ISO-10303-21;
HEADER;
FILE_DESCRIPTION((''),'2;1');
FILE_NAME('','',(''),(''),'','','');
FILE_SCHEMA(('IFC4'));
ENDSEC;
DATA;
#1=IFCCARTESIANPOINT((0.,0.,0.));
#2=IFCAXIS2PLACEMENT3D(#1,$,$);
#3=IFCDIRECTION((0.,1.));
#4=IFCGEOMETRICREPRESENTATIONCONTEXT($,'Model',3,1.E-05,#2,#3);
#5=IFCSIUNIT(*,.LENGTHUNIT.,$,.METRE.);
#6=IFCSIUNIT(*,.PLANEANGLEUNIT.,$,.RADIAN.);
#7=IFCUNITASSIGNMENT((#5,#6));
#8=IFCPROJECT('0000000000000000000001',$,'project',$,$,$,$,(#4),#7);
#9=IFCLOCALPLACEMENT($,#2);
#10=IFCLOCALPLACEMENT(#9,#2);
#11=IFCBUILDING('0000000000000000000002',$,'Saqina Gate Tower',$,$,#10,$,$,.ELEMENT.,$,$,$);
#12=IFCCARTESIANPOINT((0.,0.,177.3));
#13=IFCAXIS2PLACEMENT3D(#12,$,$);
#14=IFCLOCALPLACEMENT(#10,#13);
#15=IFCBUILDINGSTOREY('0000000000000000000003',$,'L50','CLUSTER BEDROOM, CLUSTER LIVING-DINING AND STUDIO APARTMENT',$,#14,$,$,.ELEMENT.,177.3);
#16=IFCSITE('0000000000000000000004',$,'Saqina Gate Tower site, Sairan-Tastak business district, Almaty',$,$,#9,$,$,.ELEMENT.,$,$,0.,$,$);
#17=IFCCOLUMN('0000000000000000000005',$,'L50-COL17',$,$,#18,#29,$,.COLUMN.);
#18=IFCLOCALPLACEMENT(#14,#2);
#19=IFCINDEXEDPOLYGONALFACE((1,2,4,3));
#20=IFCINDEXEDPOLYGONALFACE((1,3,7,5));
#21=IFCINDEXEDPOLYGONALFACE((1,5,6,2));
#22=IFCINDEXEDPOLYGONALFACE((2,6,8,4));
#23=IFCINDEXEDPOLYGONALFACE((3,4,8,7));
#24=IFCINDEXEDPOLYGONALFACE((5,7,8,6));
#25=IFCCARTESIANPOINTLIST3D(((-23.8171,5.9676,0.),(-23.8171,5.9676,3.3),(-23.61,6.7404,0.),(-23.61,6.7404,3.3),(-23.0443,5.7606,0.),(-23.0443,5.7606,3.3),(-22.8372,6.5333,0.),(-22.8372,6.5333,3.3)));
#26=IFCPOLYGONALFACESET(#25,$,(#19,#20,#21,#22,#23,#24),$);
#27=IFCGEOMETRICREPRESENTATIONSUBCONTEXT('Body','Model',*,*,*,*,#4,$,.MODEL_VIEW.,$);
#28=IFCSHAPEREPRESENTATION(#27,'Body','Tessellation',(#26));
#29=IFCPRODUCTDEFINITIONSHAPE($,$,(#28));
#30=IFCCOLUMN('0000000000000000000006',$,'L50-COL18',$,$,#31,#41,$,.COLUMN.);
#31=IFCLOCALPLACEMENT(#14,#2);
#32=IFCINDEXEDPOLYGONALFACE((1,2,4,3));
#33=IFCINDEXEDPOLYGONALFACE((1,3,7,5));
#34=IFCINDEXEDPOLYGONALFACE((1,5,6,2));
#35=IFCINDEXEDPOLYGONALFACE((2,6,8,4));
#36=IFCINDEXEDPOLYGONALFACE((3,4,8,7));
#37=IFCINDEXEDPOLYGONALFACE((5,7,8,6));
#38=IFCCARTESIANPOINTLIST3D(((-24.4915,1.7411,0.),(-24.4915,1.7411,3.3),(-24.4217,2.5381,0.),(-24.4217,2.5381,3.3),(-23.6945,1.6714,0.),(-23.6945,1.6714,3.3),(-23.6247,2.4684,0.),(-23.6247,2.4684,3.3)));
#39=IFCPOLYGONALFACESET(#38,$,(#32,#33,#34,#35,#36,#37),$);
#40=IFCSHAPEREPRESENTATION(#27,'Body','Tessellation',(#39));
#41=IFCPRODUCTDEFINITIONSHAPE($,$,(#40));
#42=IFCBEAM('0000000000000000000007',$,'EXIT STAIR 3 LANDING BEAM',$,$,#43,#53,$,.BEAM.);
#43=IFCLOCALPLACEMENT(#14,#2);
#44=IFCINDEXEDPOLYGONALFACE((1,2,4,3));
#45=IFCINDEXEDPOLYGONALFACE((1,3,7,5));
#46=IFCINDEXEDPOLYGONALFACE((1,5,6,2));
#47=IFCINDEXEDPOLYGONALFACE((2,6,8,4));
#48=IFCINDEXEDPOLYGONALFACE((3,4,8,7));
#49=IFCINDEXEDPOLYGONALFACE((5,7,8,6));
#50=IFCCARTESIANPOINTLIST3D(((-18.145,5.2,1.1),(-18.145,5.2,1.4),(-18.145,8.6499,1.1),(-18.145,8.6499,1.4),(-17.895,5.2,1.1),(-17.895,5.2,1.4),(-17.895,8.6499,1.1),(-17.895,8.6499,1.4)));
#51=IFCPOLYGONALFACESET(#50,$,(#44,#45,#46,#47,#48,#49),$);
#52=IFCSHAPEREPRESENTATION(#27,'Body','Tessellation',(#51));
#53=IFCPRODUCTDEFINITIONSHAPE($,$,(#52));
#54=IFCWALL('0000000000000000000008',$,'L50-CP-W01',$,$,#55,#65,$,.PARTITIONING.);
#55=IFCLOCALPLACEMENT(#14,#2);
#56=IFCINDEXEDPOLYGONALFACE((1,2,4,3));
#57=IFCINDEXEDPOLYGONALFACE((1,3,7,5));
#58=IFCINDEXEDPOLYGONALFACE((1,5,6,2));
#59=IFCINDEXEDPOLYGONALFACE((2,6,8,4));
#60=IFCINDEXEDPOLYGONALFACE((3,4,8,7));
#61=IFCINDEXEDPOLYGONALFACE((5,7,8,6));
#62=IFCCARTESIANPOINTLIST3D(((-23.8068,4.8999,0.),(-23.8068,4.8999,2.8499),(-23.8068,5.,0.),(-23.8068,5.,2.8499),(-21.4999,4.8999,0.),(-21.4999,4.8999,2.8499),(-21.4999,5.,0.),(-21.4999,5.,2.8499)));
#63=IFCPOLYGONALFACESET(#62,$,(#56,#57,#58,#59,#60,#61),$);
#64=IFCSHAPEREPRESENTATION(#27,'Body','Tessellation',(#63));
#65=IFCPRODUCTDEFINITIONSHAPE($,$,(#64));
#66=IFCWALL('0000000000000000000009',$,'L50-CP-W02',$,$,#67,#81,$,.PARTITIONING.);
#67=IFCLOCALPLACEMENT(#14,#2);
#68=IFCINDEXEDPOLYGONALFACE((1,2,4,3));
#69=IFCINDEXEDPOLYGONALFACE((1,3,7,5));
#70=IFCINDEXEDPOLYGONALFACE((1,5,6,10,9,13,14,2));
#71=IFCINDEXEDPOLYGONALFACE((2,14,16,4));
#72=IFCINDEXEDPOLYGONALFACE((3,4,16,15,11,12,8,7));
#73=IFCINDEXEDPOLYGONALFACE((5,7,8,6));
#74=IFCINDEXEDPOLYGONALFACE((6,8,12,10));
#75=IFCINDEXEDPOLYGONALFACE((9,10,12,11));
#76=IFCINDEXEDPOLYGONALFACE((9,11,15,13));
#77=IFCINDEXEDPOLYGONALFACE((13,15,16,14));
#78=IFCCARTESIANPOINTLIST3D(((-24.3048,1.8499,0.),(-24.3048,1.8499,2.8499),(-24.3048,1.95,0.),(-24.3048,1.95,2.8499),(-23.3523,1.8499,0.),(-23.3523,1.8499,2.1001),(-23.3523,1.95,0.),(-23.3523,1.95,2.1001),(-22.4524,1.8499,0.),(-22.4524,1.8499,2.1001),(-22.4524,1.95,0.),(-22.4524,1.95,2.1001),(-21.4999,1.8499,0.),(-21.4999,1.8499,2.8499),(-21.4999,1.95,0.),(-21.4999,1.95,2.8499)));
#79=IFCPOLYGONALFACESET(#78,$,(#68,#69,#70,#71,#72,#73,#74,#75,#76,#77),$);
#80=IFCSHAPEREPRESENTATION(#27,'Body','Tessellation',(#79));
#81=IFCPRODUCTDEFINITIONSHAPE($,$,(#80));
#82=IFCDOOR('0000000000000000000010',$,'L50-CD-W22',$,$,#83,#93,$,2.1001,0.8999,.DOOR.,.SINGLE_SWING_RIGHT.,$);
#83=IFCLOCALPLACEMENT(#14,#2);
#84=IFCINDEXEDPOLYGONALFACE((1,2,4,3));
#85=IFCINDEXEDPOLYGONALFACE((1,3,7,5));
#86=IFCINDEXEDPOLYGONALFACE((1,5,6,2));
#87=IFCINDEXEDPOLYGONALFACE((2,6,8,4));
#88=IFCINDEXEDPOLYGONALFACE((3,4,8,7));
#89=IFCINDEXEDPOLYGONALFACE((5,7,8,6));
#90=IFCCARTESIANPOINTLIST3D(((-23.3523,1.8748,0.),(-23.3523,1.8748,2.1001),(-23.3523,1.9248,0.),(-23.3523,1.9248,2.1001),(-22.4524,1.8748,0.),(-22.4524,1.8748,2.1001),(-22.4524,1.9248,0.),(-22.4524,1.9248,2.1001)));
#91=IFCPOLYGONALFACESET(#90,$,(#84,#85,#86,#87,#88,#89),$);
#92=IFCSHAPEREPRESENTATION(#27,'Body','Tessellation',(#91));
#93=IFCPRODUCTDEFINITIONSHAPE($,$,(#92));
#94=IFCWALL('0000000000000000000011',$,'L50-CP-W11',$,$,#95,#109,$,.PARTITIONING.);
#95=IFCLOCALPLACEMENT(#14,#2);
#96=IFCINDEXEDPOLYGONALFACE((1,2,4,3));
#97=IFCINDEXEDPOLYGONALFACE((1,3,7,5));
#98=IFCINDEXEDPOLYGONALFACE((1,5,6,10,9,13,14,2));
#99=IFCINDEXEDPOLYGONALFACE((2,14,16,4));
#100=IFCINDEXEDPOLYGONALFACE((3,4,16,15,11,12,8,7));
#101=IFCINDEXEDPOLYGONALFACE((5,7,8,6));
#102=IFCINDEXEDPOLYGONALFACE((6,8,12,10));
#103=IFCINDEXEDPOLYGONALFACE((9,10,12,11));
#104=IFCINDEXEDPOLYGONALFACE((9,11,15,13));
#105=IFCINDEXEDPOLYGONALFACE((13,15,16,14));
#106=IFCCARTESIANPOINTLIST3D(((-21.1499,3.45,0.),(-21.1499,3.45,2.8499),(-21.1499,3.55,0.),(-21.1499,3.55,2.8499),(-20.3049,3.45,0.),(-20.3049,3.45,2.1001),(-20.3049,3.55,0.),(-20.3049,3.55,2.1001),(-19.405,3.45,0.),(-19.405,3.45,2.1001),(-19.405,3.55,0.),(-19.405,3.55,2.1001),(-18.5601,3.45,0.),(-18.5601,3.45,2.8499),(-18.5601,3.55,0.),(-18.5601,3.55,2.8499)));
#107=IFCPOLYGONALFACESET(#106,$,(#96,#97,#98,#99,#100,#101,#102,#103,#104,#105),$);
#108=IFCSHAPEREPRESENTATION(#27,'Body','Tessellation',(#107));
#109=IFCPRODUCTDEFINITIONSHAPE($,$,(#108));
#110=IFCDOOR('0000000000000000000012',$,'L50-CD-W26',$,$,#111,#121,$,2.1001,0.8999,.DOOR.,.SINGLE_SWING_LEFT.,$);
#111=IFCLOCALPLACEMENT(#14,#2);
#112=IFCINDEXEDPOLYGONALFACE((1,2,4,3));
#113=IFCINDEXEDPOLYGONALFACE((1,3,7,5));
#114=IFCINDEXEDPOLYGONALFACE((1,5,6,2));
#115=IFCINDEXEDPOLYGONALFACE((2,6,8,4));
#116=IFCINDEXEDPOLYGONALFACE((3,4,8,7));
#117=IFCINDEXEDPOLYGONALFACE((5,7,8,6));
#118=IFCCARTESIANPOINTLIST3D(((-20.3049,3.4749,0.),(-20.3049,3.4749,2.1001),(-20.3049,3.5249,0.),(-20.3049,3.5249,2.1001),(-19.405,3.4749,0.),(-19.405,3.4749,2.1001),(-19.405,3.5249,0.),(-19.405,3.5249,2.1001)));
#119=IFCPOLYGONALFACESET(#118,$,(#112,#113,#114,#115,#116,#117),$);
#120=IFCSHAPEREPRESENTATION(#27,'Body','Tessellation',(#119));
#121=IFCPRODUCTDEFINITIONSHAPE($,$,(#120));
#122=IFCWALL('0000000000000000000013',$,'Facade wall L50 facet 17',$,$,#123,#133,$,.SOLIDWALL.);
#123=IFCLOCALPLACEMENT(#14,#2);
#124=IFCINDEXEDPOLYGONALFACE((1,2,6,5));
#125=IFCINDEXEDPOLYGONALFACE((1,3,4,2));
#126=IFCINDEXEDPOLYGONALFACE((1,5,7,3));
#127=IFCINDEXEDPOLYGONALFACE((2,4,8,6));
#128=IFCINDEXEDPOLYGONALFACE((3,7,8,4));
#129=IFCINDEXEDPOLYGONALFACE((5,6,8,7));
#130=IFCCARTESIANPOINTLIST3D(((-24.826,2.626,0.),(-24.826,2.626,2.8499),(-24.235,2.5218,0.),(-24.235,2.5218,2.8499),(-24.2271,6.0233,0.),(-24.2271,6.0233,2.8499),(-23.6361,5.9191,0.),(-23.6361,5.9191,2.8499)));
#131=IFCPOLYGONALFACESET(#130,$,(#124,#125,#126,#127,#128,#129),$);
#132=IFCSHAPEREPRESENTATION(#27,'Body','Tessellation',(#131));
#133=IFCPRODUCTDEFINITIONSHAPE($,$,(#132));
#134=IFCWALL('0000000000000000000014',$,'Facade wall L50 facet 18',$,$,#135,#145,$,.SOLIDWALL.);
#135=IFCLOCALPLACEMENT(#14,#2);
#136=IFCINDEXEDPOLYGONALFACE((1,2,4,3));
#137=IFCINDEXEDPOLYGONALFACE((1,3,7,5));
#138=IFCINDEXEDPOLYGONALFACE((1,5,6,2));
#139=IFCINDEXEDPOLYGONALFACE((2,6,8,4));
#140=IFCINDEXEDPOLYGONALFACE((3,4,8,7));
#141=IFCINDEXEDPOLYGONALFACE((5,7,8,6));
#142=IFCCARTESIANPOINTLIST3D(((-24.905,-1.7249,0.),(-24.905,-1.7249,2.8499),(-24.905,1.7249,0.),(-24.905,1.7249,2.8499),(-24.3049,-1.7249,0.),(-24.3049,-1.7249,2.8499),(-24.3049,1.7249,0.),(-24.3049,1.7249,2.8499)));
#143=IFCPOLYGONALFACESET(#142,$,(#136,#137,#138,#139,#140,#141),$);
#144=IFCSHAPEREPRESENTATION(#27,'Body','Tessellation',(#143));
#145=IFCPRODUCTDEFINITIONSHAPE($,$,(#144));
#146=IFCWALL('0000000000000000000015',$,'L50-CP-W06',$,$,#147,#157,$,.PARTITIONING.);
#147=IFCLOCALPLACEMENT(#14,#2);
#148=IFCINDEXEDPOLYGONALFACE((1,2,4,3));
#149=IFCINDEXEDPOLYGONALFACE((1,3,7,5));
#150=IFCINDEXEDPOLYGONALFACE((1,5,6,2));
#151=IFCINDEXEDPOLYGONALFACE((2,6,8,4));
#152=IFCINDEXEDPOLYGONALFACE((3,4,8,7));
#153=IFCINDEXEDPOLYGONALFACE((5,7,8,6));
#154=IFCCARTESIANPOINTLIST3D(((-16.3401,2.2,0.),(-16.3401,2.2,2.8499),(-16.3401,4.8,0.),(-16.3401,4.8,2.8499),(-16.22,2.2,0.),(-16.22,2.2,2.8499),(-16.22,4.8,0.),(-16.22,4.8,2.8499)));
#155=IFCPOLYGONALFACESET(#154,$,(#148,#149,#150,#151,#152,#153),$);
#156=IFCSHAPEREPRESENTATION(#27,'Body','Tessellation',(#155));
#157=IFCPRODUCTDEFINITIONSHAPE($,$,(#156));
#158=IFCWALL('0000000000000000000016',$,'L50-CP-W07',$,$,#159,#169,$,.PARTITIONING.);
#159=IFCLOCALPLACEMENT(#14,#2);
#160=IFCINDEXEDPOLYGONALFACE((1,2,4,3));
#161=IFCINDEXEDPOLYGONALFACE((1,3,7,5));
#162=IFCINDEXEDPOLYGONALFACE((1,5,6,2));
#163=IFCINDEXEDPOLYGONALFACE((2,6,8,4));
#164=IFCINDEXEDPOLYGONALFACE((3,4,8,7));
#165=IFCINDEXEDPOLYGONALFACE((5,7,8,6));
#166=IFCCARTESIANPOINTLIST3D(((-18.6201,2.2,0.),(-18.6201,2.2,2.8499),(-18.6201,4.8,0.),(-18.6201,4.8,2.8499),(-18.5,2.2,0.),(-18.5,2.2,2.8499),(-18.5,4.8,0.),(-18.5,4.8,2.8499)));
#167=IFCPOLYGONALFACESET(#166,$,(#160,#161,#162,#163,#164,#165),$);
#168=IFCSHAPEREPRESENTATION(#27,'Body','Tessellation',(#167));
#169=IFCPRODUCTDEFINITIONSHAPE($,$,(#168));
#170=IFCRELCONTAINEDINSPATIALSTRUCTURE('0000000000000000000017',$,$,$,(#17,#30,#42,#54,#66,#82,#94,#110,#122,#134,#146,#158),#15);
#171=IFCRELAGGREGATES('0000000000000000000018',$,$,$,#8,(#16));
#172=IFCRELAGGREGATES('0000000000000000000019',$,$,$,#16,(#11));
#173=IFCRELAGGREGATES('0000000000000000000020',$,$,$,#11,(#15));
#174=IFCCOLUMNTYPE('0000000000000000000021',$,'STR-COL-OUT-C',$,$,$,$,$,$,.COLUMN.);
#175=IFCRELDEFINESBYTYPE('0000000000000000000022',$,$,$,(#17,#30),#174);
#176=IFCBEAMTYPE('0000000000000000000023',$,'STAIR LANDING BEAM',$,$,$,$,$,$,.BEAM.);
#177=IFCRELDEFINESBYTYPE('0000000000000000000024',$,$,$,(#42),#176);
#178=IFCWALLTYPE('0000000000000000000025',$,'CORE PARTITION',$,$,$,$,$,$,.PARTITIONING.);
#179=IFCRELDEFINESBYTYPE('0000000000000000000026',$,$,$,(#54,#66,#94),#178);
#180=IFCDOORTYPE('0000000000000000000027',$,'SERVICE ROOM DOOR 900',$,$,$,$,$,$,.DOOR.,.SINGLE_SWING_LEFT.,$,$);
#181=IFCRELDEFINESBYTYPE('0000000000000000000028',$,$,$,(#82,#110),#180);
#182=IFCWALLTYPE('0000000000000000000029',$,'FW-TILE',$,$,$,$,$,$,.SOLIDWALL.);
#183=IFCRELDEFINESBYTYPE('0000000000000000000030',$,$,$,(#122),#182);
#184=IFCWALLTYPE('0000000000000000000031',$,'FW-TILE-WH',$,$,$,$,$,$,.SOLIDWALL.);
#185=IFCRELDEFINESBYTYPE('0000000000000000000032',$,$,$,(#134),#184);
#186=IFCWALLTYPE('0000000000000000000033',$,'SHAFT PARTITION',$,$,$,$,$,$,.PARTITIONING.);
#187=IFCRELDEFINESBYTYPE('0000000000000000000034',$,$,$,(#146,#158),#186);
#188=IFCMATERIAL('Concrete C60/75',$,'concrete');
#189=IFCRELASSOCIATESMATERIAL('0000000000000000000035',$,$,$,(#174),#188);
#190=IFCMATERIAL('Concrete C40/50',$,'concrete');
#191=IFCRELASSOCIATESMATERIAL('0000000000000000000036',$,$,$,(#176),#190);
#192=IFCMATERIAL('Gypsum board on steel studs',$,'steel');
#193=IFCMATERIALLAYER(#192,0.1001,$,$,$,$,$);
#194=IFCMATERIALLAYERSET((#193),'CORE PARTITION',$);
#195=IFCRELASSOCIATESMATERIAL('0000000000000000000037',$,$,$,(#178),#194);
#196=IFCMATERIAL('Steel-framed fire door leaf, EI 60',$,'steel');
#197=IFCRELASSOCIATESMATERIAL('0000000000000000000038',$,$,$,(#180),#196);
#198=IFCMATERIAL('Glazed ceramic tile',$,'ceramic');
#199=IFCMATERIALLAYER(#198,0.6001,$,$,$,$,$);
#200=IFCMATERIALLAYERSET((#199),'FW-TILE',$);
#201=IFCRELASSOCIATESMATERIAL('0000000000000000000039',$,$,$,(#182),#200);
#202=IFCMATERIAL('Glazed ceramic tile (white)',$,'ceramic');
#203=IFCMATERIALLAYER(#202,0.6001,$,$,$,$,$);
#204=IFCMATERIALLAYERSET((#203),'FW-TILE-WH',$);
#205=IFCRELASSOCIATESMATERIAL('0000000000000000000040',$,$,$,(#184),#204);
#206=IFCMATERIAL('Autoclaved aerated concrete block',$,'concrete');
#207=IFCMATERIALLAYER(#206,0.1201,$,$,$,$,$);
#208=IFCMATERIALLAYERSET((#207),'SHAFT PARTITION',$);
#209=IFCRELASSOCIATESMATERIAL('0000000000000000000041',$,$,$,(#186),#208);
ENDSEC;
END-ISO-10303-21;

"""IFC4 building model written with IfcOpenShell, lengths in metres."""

from ifc_helpers import new_model, si_unit, direction, frame, frame_2d, origin, origin_2d, place, context, subcontext, project, spatial, rectangle, extrude, material, layer, layer_set, material_profile, profile_set, type_object, element, fill, save


model = new_model("IFC4")

# Units and contexts
model_context = context("Model", 3, precision=1e-05, world=origin(), true_north=direction((0.0, 1.0)))
body_context = subcontext(model_context, "Body", "Model", "MODEL_VIEW")
ifc_project = project(units=[si_unit("LENGTHUNIT", "METRE"), si_unit("PLANEANGLEUNIT", "RADIAN")], contexts=[model_context])

# Site, building, storey
site_placement = place(None, origin())
site = spatial("IfcSite", under=ifc_project, at=site_placement, Name="Saqina Gate Tower site, Sairan-Tastak business district, Almaty", CompositionType="ELEMENT", RefElevation=0.0)
building_placement = place(site_placement, origin())
building = spatial("IfcBuilding", under=site, at=building_placement, Name="Saqina Gate Tower", CompositionType="ELEMENT")
storey_placement = place(building_placement, frame((0.0, 0.0, 177.3)))
storey = spatial("IfcBuildingStorey", under=building, at=storey_placement, Name="L50", Description="CLUSTER BEDROOM, CLUSTER LIVING-DINING AND STUDIO APARTMENT", CompositionType="ELEMENT", Elevation=177.3)

# Columns
ifc_material_1 = material(Name="Concrete C60/75", Category="concrete")
ifc_material_profile_1 = material_profile(ifc_material_1, rectangle(XDim=0.8, YDim=0.8, at=origin_2d()), Name="RC 800x800")
ifc_profile_set_1 = profile_set([ifc_material_profile_1], Name="Concrete C60/75")
column_type = type_object("IfcColumnType", Name="STR-COL-OUT-C", PredefinedType="COLUMN", material=ifc_profile_set_1)
for number, where, z_axis, x_axis, name in (
    (1, (-23.3271, 6.2505, 0.0), (0.0, 0.0, 1.0), (-0.965926, 0.258819, 0.0), "L50-COL17"),
    (2, (-24.0581, 2.1047, 0.0), (0.0, 0.0, 1.0), (-0.996195, 0.087156, 0.0), "L50-COL18"),
):
    element("IfcColumn", number, at=place(storey_placement, frame(where, z_axis=z_axis, x_axis=x_axis)), inside=storey, type_object=column_type, Name=name, PredefinedType="COLUMN", context=body_context, shape_type="SweptSolid", body=[
        extrude(rectangle(XDim=0.8, YDim=0.8, at=origin_2d()), origin(), (0.0, 0.0, 1.0), 3.3),
    ])

# Beam
ifc_material_2 = material(Name="Concrete C40/50", Category="concrete")
ifc_material_profile_2 = material_profile(ifc_material_2, rectangle(XDim=0.25, YDim=0.3, at=origin_2d()), Name="STAIR LANDING BEAM")
ifc_profile_set_2 = profile_set([ifc_material_profile_2], Name="Concrete C40/50")
beam_type = type_object("IfcBeamType", Name="STAIR LANDING BEAM", PredefinedType="BEAM", material=ifc_profile_set_2)
beam_placement = place(storey_placement, frame((-18.02, 5.2, 1.25), z_axis=(0.0, 1.0, 0.0), x_axis=(-1.0, 0.0, 0.0)))
element("IfcBeam", 3, at=beam_placement, inside=storey, type_object=beam_type, Name="EXIT STAIR 3 LANDING BEAM", PredefinedType="BEAM", context=body_context, shape_type="SweptSolid", body=[
    extrude(rectangle(XDim=0.25, YDim=0.3, at=origin_2d()), origin(), (0.0, 0.0, 1.0), 3.45),
])

# Wall
ifc_material_3 = material(Name="Gypsum board on steel studs", Category="steel")
ifc_layer_1 = layer(ifc_material_3, 0.1001)
ifc_layer_set_1 = layer_set([ifc_layer_1], Name="CORE PARTITION")
wall_type_1 = type_object("IfcWallType", Name="CORE PARTITION", PredefinedType="PARTITIONING", material=ifc_layer_set_1)
wall_1_placement = place(storey_placement, frame((-21.5, 4.95, 0.0), z_axis=(0.0, 0.0, 1.0), x_axis=(-1.0, 0.0, 0.0)))
element("IfcWall", 4, at=wall_1_placement, inside=storey, type_object=wall_type_1, Name="L50-CP-W01", PredefinedType="PARTITIONING", context=body_context, shape_type="SweptSolid", body=[
    extrude(rectangle(XDim=2.3069, YDim=0.1001, at=frame_2d((1.1533, 0.0))), origin(), (0.0, 0.0, 1.0), 2.8499),
])

# Walls, openings, doors
wall_2_placement = place(storey_placement, frame((-21.5, 1.8999, 0.0), z_axis=(0.0, 0.0, 1.0), x_axis=(-1.0, 0.0, 0.0)))
wall_2 = element("IfcWall", 5, at=wall_2_placement, inside=storey, type_object=wall_type_1, Name="L50-CP-W02", PredefinedType="PARTITIONING", context=body_context, shape_type="SweptSolid", body=[
    extrude(rectangle(XDim=2.8049, YDim=0.1001, at=frame_2d((1.4023, 0.0))), origin(), (0.0, 0.0, 1.0), 2.8499),
])
opening_1_placement = place(wall_2_placement, frame((0.9524, 0.0, 0.0)))
opening_1 = element("IfcOpeningElement", 6, at=opening_1_placement, cuts=wall_2, PredefinedType="OPENING", context=body_context, shape_type="SweptSolid", body=[
    extrude(rectangle(XDim=0.8999, YDim=2.1001, at=frame_2d((0.45, 1.05))), frame((0.0, 0.062, 0.0), z_axis=(0.0, -1.0, 0.0), x_axis=(1.0, 0.0, 0.0)), (0.0, 0.0, 1.0), 0.124),
])
ifc_material_4 = material(Name="Steel-framed fire door leaf, EI 60", Category="steel")
door_type = type_object("IfcDoorType", Name="SERVICE ROOM DOOR 900", OperationType="SINGLE_SWING_LEFT", PredefinedType="DOOR", material=ifc_material_4)
door_1_placement = place(opening_1_placement, frame((0.8999, 0.0, 0.0), z_axis=(0.0, 0.0, 1.0), x_axis=(-1.0, 0.0, 0.0)))
door_1 = element("IfcDoor", 7, at=door_1_placement, inside=storey, type_object=door_type, Name="L50-CD-W22", OperationType="SINGLE_SWING_RIGHT", OverallHeight=2.1001, OverallWidth=0.8999, PredefinedType="DOOR", context=body_context, shape_type="SweptSolid", body=[
    extrude(rectangle(XDim=0.8999, YDim=2.1001, at=frame_2d((0.45, 1.05))), frame((0.0, 0.0249, 0.0), z_axis=(0.0, -1.0, 0.0), x_axis=(1.0, 0.0, 0.0)), (0.0, 0.0, 1.0), 0.05),
])
fill(opening_1, door_1)
wall_3_placement = place(storey_placement, frame((-18.5601, 3.5, 0.0), z_axis=(0.0, 0.0, 1.0), x_axis=(-1.0, 0.0, 0.0)))
wall_3 = element("IfcWall", 8, at=wall_3_placement, inside=storey, type_object=wall_type_1, Name="L50-CP-W11", PredefinedType="PARTITIONING", context=body_context, shape_type="SweptSolid", body=[
    extrude(rectangle(XDim=2.5898, YDim=0.1001, at=frame_2d((1.2949, 0.0))), origin(), (0.0, 0.0, 1.0), 2.8499),
])
opening_2_placement = place(wall_3_placement, frame((0.845, 0.0, 0.0)))
opening_2 = element("IfcOpeningElement", 9, at=opening_2_placement, cuts=wall_3, PredefinedType="OPENING", context=body_context, shape_type="SweptSolid", body=[
    extrude(rectangle(XDim=0.8999, YDim=2.1001, at=frame_2d((0.45, 1.05))), frame((0.0, 0.062, 0.0), z_axis=(0.0, -1.0, 0.0), x_axis=(1.0, 0.0, 0.0)), (0.0, 0.0, 1.0), 0.124),
])
door_2_placement = place(opening_2_placement, frame((0.8999, 0.0, 0.0), z_axis=(0.0, 0.0, 1.0), x_axis=(-1.0, 0.0, 0.0)))
door_2 = element("IfcDoor", 10, at=door_2_placement, inside=storey, type_object=door_type, Name="L50-CD-W26", OperationType="SINGLE_SWING_LEFT", OverallHeight=2.1001, OverallWidth=0.8999, PredefinedType="DOOR", context=body_context, shape_type="SweptSolid", body=[
    extrude(rectangle(XDim=0.8999, YDim=2.1001, at=frame_2d((0.45, 1.05))), frame((0.0, 0.0249, 0.0), z_axis=(0.0, -1.0, 0.0), x_axis=(1.0, 0.0, 0.0)), (0.0, 0.0, 1.0), 0.05),
])
fill(opening_2, door_2)

# Walls
ifc_material_5 = material(Name="Glazed ceramic tile", Category="ceramic")
ifc_layer_2 = layer(ifc_material_5, 0.6001)
ifc_layer_set_2 = layer_set([ifc_layer_2], Name="FW-TILE")
wall_type_2 = type_object("IfcWallType", Name="FW-TILE", PredefinedType="SOLIDWALL", material=ifc_layer_set_2)
wall_4_placement = place(storey_placement, frame((-23.9316, 5.9712, 0.0), z_axis=(0.0, 0.0, 1.0), x_axis=(-0.173608, -0.984815, 0.0)))
element("IfcWall", 11, at=wall_4_placement, inside=storey, type_object=wall_type_2, Name="Facade wall L50 facet 17", PredefinedType="SOLIDWALL", context=body_context, shape_type="SweptSolid", body=[
    extrude(rectangle(XDim=3.4497, YDim=0.6001, at=frame_2d((1.7249, 0.0))), origin(), (0.0, 0.0, 1.0), 2.8499),
])
ifc_material_6 = material(Name="Glazed ceramic tile (white)", Category="ceramic")
ifc_layer_3 = layer(ifc_material_6, 0.6001)
ifc_layer_set_3 = layer_set([ifc_layer_3], Name="FW-TILE-WH")
wall_type_3 = type_object("IfcWallType", Name="FW-TILE-WH", PredefinedType="SOLIDWALL", material=ifc_layer_set_3)
wall_5_placement = place(storey_placement, frame((-24.605, 1.7249, 0.0), z_axis=(0.0, 0.0, 1.0), x_axis=(0.0, -1.0, 0.0)))
element("IfcWall", 12, at=wall_5_placement, inside=storey, type_object=wall_type_3, Name="Facade wall L50 facet 18", PredefinedType="SOLIDWALL", context=body_context, shape_type="SweptSolid", body=[
    extrude(rectangle(XDim=3.4497, YDim=0.6001, at=frame_2d((1.7249, 0.0))), origin(), (0.0, 0.0, 1.0), 2.8499),
])
ifc_material_7 = material(Name="Autoclaved aerated concrete block", Category="concrete")
ifc_layer_4 = layer(ifc_material_7, 0.1201)
ifc_layer_set_4 = layer_set([ifc_layer_4], Name="SHAFT PARTITION")
wall_type_4 = type_object("IfcWallType", Name="SHAFT PARTITION", PredefinedType="PARTITIONING", material=ifc_layer_set_4)
for number, where, z_axis, x_axis, name in (
    (13, (-16.28, 2.2, 0.0), (0.0, 0.0, 1.0), (0.0, 1.0, 0.0), "L50-CP-W06"),
    (14, (-18.5601, 2.2, 0.0), (0.0, 0.0, 1.0), (0.0, 1.0, 0.0), "L50-CP-W07"),
):
    element("IfcWall", number, at=place(storey_placement, frame(where, z_axis=z_axis, x_axis=x_axis)), inside=storey, type_object=wall_type_4, Name=name, PredefinedType="PARTITIONING", context=body_context, shape_type="SweptSolid", body=[
        extrude(rectangle(XDim=2.6001, YDim=0.1201, at=frame_2d((1.3, 0.0))), origin(), (0.0, 0.0, 1.0), 2.8499),
    ])

save(model, "model.ifc")
